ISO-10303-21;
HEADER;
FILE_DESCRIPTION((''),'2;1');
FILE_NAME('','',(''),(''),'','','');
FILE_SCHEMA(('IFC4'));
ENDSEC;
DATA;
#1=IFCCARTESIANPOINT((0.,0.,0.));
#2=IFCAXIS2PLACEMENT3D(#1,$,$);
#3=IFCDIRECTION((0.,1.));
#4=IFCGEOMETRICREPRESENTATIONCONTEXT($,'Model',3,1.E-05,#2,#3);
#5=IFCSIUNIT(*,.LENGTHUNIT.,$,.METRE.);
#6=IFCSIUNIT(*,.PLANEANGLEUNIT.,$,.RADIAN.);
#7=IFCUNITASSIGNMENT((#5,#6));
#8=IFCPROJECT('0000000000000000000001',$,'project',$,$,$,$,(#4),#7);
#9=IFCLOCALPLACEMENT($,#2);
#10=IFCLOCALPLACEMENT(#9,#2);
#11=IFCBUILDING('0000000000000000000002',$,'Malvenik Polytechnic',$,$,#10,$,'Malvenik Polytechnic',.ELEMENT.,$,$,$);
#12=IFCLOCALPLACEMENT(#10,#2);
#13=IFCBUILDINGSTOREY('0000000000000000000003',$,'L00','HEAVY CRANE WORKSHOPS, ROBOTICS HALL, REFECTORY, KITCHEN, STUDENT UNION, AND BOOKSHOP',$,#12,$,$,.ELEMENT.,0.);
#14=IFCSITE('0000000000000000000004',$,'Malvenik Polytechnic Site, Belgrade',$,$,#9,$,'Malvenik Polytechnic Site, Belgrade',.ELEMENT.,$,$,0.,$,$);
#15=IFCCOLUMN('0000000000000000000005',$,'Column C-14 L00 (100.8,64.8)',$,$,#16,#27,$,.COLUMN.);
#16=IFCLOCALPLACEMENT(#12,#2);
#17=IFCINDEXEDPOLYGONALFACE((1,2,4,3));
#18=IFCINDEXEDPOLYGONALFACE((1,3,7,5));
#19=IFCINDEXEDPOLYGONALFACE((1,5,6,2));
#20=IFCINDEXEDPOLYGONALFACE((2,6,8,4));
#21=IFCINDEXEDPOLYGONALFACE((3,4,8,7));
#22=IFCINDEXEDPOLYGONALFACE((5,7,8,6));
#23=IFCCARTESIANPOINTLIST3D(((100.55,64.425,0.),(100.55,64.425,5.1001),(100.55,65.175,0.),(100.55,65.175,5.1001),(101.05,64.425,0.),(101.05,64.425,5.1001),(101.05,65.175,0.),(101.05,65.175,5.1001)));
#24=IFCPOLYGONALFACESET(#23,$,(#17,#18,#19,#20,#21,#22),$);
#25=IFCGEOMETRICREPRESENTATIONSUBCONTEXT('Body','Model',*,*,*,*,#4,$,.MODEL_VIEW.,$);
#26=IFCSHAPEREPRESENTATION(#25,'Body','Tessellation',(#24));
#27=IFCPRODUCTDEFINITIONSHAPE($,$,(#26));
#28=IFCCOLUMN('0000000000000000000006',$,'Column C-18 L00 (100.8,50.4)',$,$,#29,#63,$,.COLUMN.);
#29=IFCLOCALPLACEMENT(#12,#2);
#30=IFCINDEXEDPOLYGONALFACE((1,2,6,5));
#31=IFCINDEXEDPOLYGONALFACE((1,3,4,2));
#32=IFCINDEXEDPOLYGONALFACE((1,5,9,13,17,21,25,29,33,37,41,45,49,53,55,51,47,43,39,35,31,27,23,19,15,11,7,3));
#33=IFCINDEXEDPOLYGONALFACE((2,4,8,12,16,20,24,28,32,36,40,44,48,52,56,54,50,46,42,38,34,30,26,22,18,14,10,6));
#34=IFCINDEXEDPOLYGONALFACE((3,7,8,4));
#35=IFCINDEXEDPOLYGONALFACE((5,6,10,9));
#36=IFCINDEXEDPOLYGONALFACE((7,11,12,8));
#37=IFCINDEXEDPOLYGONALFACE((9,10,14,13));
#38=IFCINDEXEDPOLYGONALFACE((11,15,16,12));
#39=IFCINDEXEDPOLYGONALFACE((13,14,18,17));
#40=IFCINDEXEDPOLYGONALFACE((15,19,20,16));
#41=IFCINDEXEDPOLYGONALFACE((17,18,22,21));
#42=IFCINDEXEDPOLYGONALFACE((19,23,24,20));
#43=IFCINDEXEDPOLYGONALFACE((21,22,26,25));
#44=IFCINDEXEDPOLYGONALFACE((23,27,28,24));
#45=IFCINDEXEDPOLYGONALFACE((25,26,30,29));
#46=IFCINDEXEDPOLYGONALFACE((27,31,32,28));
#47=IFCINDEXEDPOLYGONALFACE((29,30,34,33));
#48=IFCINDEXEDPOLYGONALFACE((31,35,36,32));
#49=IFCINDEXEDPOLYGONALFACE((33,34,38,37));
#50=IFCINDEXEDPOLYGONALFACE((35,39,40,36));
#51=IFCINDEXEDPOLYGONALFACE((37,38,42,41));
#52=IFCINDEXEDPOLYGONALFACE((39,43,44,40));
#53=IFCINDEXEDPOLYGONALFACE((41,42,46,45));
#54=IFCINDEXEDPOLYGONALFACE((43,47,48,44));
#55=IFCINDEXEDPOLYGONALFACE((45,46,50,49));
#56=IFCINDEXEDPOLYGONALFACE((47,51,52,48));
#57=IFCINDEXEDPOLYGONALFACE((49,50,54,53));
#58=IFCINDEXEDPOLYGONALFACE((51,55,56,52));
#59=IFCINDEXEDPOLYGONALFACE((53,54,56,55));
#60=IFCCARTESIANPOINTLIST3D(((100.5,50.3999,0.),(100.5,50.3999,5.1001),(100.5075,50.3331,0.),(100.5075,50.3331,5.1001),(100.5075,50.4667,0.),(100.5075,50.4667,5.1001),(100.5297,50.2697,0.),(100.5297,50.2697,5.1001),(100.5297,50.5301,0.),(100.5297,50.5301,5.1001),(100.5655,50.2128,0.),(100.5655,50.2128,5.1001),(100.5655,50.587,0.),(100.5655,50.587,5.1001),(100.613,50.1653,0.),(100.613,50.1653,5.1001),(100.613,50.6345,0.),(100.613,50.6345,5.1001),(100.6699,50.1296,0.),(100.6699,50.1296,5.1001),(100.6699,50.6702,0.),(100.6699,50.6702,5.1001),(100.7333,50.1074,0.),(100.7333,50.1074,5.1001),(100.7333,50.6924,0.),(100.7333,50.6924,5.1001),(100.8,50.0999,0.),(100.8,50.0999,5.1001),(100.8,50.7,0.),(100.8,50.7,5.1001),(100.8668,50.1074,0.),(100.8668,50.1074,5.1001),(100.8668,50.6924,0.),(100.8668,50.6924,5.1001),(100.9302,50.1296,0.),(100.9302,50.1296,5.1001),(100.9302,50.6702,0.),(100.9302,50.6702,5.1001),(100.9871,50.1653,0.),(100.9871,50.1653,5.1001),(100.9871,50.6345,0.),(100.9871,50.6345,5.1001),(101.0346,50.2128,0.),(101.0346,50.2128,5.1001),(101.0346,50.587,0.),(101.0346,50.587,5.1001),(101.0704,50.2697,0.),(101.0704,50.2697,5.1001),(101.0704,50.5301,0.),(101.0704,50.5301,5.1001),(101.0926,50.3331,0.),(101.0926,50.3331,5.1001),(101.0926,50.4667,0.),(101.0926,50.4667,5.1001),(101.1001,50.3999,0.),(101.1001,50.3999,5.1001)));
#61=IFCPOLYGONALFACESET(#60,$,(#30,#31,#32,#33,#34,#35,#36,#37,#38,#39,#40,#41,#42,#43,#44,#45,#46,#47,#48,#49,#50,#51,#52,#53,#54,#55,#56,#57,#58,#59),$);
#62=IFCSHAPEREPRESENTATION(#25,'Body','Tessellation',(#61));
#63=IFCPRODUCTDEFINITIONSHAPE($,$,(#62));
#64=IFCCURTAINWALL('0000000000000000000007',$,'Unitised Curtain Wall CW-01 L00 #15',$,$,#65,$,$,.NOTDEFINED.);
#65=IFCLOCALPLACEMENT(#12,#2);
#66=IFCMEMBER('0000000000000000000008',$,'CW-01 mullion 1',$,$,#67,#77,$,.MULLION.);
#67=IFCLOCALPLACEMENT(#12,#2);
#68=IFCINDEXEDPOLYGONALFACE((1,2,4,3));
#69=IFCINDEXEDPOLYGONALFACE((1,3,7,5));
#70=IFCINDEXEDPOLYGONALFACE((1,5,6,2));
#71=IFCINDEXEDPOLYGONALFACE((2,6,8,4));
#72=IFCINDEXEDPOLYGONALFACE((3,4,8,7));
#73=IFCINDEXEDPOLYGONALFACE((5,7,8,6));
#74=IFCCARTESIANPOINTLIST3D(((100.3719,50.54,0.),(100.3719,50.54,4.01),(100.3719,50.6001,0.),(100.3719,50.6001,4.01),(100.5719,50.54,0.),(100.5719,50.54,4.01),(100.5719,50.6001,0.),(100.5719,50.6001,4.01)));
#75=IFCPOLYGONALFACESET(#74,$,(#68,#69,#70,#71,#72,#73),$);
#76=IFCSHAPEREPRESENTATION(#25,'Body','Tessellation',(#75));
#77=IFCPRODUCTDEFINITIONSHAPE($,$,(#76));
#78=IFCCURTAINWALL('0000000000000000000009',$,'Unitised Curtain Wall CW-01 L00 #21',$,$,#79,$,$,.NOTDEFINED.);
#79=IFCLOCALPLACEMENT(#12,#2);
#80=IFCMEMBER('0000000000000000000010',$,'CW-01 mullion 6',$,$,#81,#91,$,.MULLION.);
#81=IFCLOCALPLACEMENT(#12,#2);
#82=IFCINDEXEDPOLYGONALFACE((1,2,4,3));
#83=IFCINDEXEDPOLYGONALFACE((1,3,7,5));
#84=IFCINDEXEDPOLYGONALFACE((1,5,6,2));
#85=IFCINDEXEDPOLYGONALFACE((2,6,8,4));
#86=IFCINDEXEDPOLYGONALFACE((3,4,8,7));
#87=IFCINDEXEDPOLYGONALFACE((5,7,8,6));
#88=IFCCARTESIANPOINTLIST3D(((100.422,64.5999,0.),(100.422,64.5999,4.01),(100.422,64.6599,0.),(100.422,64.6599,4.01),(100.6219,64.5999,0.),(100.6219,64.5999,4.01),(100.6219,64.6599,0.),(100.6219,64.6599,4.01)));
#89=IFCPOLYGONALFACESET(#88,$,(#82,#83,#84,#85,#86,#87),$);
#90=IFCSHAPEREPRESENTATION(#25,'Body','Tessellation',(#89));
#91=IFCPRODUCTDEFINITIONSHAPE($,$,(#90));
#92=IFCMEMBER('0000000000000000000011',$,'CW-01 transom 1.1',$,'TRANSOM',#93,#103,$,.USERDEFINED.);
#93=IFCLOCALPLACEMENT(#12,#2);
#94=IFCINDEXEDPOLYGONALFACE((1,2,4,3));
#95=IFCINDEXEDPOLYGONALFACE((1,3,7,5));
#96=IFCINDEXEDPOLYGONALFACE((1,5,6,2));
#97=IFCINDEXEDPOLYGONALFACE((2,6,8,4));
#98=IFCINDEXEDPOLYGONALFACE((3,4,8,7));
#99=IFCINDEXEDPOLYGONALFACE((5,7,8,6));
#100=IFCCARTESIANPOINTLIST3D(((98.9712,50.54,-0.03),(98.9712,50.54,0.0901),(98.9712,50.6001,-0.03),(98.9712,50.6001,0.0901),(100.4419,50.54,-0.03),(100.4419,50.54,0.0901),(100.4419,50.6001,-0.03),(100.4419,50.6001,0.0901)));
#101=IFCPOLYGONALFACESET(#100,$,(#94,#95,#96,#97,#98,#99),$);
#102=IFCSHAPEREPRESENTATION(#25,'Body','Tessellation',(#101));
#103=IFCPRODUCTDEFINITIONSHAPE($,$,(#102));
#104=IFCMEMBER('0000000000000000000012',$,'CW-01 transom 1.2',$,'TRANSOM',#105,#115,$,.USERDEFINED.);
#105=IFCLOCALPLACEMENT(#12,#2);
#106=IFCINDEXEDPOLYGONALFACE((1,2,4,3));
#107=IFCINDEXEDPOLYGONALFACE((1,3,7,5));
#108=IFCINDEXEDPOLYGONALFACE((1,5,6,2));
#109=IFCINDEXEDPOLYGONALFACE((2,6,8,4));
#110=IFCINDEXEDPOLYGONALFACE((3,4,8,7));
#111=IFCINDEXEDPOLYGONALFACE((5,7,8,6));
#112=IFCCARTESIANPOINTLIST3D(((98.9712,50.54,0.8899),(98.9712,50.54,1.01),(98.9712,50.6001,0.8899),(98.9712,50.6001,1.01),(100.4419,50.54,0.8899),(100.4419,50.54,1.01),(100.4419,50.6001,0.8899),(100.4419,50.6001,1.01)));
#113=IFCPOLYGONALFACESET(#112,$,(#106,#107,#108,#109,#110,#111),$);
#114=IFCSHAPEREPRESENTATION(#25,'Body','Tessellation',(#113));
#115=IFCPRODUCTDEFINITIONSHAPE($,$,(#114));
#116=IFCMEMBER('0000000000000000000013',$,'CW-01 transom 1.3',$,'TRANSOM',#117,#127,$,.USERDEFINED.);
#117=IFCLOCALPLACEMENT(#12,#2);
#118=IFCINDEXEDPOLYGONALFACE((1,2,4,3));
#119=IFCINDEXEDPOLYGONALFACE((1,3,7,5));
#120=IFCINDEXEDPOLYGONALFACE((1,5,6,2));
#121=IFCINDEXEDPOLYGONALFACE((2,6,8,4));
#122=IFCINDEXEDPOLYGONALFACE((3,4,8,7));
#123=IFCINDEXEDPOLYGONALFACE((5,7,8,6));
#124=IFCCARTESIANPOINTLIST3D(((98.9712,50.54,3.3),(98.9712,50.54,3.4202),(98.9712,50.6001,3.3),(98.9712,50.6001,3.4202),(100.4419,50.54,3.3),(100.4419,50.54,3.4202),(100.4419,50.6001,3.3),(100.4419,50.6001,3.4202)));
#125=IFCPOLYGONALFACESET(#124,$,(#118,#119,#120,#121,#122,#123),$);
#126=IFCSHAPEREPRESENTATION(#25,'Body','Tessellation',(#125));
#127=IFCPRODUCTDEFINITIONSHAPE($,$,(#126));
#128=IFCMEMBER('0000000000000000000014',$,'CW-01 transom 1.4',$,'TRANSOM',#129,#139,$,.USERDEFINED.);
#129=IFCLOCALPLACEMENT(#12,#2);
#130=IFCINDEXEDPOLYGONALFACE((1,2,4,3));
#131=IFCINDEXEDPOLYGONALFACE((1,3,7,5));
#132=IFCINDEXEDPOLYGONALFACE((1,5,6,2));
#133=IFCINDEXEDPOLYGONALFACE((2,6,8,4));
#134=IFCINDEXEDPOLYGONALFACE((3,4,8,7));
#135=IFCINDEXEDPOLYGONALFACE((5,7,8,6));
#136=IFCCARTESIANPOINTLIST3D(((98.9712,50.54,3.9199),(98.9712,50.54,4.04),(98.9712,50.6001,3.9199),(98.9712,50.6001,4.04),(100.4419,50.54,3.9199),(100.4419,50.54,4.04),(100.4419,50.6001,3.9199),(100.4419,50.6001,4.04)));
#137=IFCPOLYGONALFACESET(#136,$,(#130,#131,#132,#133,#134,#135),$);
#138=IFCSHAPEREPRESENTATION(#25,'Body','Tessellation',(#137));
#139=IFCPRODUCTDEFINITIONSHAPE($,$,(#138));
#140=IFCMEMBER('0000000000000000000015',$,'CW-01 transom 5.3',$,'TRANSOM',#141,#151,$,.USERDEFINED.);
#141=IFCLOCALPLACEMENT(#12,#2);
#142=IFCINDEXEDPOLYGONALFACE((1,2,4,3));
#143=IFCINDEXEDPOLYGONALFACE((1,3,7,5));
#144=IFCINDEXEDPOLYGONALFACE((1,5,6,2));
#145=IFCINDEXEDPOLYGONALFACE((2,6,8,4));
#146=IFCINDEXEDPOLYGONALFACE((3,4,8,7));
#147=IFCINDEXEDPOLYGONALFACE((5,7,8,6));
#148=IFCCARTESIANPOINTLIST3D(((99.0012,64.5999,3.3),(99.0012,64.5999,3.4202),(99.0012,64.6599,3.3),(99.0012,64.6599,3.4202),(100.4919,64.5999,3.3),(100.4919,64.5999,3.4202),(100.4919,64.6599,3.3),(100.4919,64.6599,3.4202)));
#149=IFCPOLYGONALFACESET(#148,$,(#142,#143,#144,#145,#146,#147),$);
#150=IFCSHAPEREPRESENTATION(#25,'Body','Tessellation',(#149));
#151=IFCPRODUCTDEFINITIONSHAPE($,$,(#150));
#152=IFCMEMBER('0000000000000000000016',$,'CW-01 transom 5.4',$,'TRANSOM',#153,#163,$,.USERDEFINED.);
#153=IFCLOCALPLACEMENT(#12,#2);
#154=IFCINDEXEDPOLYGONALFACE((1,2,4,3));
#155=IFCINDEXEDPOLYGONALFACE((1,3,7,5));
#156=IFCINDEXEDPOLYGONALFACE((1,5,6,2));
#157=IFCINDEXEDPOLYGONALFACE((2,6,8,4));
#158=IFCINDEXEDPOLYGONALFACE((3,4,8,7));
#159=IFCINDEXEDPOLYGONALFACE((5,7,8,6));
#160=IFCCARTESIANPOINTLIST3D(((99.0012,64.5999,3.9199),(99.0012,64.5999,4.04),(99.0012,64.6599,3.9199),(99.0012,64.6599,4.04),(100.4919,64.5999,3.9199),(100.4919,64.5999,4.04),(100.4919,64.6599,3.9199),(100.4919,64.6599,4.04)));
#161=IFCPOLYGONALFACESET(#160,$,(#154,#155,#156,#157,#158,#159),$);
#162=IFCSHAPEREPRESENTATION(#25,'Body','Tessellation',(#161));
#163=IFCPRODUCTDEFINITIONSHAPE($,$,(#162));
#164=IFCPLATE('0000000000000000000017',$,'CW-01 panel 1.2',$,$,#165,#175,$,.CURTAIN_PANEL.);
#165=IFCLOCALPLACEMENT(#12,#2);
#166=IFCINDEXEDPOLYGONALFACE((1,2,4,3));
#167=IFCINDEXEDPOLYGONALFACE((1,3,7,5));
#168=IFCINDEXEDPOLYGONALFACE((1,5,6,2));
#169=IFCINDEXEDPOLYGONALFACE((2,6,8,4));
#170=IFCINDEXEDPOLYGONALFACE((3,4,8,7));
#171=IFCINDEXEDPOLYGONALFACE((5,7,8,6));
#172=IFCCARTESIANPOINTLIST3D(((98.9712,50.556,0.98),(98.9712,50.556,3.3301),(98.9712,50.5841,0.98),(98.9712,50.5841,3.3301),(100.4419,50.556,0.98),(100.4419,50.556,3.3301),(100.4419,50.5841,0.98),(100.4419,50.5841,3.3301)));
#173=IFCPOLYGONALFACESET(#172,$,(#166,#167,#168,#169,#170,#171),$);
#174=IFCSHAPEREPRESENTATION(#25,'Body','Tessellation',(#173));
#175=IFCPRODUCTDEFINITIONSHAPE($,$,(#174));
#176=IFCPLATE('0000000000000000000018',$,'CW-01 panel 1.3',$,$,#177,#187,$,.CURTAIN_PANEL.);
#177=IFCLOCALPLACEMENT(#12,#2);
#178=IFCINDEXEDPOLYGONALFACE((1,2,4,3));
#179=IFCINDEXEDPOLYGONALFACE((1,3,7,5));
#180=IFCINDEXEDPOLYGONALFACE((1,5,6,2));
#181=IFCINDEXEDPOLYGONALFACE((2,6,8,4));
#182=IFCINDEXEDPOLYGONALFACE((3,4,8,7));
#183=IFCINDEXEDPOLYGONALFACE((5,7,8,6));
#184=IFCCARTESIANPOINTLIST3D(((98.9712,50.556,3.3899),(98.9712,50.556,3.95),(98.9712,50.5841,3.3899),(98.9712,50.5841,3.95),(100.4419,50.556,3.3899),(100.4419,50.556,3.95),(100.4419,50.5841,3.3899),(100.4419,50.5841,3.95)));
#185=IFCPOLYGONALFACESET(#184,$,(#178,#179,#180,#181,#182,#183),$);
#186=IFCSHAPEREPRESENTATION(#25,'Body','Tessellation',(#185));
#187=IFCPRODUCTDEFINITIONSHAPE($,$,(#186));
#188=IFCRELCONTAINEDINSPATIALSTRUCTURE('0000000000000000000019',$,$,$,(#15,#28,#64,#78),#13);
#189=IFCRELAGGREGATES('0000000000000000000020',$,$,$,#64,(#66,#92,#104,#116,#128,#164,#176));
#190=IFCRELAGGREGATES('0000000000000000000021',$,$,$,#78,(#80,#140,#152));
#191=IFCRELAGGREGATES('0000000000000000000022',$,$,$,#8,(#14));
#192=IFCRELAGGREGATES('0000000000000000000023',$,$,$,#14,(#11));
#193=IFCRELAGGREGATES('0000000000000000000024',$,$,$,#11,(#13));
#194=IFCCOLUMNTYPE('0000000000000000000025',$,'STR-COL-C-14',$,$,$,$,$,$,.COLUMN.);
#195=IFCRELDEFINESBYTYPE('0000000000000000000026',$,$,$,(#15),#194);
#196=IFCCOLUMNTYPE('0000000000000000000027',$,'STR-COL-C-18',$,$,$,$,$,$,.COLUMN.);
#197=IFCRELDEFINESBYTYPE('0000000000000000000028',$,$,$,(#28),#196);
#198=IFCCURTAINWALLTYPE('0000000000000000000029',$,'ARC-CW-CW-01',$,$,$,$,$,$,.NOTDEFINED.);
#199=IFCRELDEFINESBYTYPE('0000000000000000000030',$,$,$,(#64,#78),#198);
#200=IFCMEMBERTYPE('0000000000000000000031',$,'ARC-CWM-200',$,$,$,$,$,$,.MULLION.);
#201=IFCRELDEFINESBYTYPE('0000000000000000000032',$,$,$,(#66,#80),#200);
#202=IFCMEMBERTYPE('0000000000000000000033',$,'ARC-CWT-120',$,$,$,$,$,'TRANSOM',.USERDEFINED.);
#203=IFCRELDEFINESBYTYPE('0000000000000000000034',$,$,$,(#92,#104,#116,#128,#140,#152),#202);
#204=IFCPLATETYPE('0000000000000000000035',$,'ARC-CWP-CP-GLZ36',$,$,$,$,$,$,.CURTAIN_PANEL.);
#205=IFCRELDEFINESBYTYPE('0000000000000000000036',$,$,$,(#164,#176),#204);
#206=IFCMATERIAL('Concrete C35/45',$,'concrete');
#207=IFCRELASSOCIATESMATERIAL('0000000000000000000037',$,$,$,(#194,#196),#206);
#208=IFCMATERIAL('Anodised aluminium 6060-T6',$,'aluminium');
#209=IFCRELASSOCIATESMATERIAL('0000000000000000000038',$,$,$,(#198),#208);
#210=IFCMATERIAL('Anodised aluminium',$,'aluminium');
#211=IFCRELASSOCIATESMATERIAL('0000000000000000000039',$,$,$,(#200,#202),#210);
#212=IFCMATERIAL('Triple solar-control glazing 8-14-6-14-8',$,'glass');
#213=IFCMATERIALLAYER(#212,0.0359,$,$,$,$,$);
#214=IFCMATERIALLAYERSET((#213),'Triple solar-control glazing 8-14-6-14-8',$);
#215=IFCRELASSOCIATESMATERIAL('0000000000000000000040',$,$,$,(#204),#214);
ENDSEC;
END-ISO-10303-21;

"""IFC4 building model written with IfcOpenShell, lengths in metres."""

from ifc_helpers import new_model, si_unit, direction, frame, origin, origin_2d, place, context, subcontext, project, spatial, rectangle, circle, extrude, material, layer, layer_set, material_profile, profile_set, type_object, element, aggregate, save


model = new_model("IFC4")

# Units and contexts
model_context = context("Model", 3, precision=1e-05, world=origin(), true_north=direction((0.0, 1.0)))
body_context = subcontext(model_context, "Body", "Model", "MODEL_VIEW")
ifc_project = project(units=[si_unit("LENGTHUNIT", "METRE"), si_unit("PLANEANGLEUNIT", "RADIAN")], contexts=[model_context])

# Site, building, storey
site_placement = place(None, origin())
site = spatial("IfcSite", under=ifc_project, at=site_placement, Name="Malvenik Polytechnic Site, Belgrade", LongName="Malvenik Polytechnic Site, Belgrade", CompositionType="ELEMENT", RefElevation=0.0)
building_placement = place(site_placement, origin())
building = spatial("IfcBuilding", under=site, at=building_placement, Name="Malvenik Polytechnic", LongName="Malvenik Polytechnic", CompositionType="ELEMENT")
storey_placement = place(building_placement, origin())
storey = spatial("IfcBuildingStorey", under=building, at=storey_placement, Name="L00", Description="HEAVY CRANE WORKSHOPS, ROBOTICS HALL, REFECTORY, KITCHEN, STUDENT UNION, AND BOOKSHOP", CompositionType="ELEMENT", Elevation=0.0)

# Columns
ifc_material_1 = material(Name="Concrete C35/45", Category="concrete")
ifc_material_profile_1 = material_profile(ifc_material_1, rectangle(XDim=0.5, YDim=0.75, at=origin_2d()), Name="RC COL 750x500")
ifc_profile_set_1 = profile_set([ifc_material_profile_1], Name="Concrete C35/45")
column_type_1 = type_object("IfcColumnType", Name="STR-COL-C-14", PredefinedType="COLUMN", material=ifc_profile_set_1)
column_1_placement = place(storey_placement, frame((100.8, 64.8, 0.0), z_axis=(0.0, 0.0, 1.0), x_axis=(1.0, 0.0, 0.0)))
element("IfcColumn", 1, at=column_1_placement, inside=storey, type_object=column_type_1, Name="Column C-14 L00 (100.8,64.8)", PredefinedType="COLUMN", context=body_context, shape_type="SweptSolid", body=[
    extrude(rectangle(XDim=0.5, YDim=0.75, at=origin_2d()), origin(), (0.0, 0.0, 1.0), 5.1001),
])
ifc_material_profile_2 = material_profile(ifc_material_1, circle(Radius=0.3, at=origin_2d()), Name="RC COL D600")
ifc_profile_set_2 = profile_set([ifc_material_profile_2], Name="Concrete C35/45")
column_type_2 = type_object("IfcColumnType", Name="STR-COL-C-18", PredefinedType="COLUMN", material=ifc_profile_set_2)
column_2_placement = place(storey_placement, frame((100.8, 50.3999, 0.0), z_axis=(0.0, 0.0, 1.0), x_axis=(1.0, 0.0, 0.0)))
element("IfcColumn", 2, at=column_2_placement, inside=storey, type_object=column_type_2, Name="Column C-18 L00 (100.8,50.4)", PredefinedType="COLUMN", context=body_context, shape_type="SweptSolid", body=[
    extrude(circle(Radius=0.3, at=origin_2d()), origin(), (0.0, 0.0, 1.0), 5.1001),
])

# Curtain walls, members
ifc_material_2 = material(Name="Anodised aluminium 6060-T6", Category="aluminium")
curtain_wall_type = type_object("IfcCurtainWallType", Name="ARC-CW-CW-01", PredefinedType="NOTDEFINED", material=ifc_material_2)
curtain_wall_1_placement = place(storey_placement, origin())
curtain_wall_1 = element("IfcCurtainWall", 3, at=curtain_wall_1_placement, inside=storey, type_object=curtain_wall_type, Name="Unitised Curtain Wall CW-01 L00 #15", PredefinedType="NOTDEFINED")
ifc_material_3 = material(Name="Anodised aluminium", Category="aluminium")
ifc_material_profile_3 = material_profile(ifc_material_3, rectangle(XDim=0.0601, YDim=0.2, at=origin_2d()), Name="ALU MULLION 60x200")
ifc_profile_set_3 = profile_set([ifc_material_profile_3], Name="Anodised aluminium")
member_type_1 = type_object("IfcMemberType", Name="ARC-CWM-200", PredefinedType="MULLION", material=ifc_profile_set_3)
member_1_placement = place(storey_placement, frame((100.4719, 50.5701, 0.0), z_axis=(0.0, 0.0, 1.0), x_axis=(0.0, -1.0, 0.0)))
member_1 = element("IfcMember", 4, at=member_1_placement, type_object=member_type_1, Name="CW-01 mullion 1", PredefinedType="MULLION", context=body_context, shape_type="SweptSolid", body=[
    extrude(rectangle(XDim=0.0601, YDim=0.2, at=origin_2d()), origin(), (0.0, 0.0, 1.0), 4.01),
])
curtain_wall_2_placement = place(storey_placement, origin())
curtain_wall_2 = element("IfcCurtainWall", 5, at=curtain_wall_2_placement, inside=storey, type_object=curtain_wall_type, Name="Unitised Curtain Wall CW-01 L00 #21", PredefinedType="NOTDEFINED")
member_2_placement = place(storey_placement, frame((100.522, 64.6299, 0.0), z_axis=(0.0, 0.0, 1.0), x_axis=(0.0, 1.0, 0.0)))
member_2 = element("IfcMember", 6, at=member_2_placement, type_object=member_type_1, Name="CW-01 mullion 6", PredefinedType="MULLION", context=body_context, shape_type="SweptSolid", body=[
    extrude(rectangle(XDim=0.0601, YDim=0.2, at=origin_2d()), origin(), (0.0, 0.0, 1.0), 4.01),
])

# Members
ifc_material_profile_4 = material_profile(ifc_material_3, rectangle(XDim=0.0601, YDim=0.1201, at=origin_2d()), Name="ALU TRANSOM 60x120")
ifc_profile_set_4 = profile_set([ifc_material_profile_4], Name="Anodised aluminium")
member_type_2 = type_object("IfcMemberType", Name="ARC-CWT-120", ElementType="TRANSOM", PredefinedType="USERDEFINED", material=ifc_profile_set_4)
member_3_placement = place(storey_placement, frame((100.4419, 50.5701, 0.03), z_axis=(-1.0, 0.0, 0.0), x_axis=(0.0, -1.0, 0.0)))
member_3 = element("IfcMember", 7, at=member_3_placement, type_object=member_type_2, Name="CW-01 transom 1.1", ObjectType="TRANSOM", PredefinedType="USERDEFINED", context=body_context, shape_type="SweptSolid", body=[
    extrude(rectangle(XDim=0.0601, YDim=0.1201, at=origin_2d()), origin(), (0.0, 0.0, 1.0), 1.4707),
])
member_4_placement = place(storey_placement, frame((100.4419, 50.5701, 0.95), z_axis=(-1.0, 0.0, 0.0), x_axis=(0.0, -1.0, 0.0)))
member_4 = element("IfcMember", 8, at=member_4_placement, type_object=member_type_2, Name="CW-01 transom 1.2", ObjectType="TRANSOM", PredefinedType="USERDEFINED", context=body_context, shape_type="SweptSolid", body=[
    extrude(rectangle(XDim=0.0601, YDim=0.1201, at=origin_2d()), origin(), (0.0, 0.0, 1.0), 1.4707),
])
member_5_placement = place(storey_placement, frame((100.4419, 50.5701, 3.3601), z_axis=(-1.0, 0.0, 0.0), x_axis=(0.0, -1.0, 0.0)))
member_5 = element("IfcMember", 9, at=member_5_placement, type_object=member_type_2, Name="CW-01 transom 1.3", ObjectType="TRANSOM", PredefinedType="USERDEFINED", context=body_context, shape_type="SweptSolid", body=[
    extrude(rectangle(XDim=0.0601, YDim=0.1201, at=origin_2d()), origin(), (0.0, 0.0, 1.0), 1.4707),
])
member_6_placement = place(storey_placement, frame((100.4419, 50.5701, 3.98), z_axis=(-1.0, 0.0, 0.0), x_axis=(0.0, -1.0, 0.0)))
member_6 = element("IfcMember", 10, at=member_6_placement, type_object=member_type_2, Name="CW-01 transom 1.4", ObjectType="TRANSOM", PredefinedType="USERDEFINED", context=body_context, shape_type="SweptSolid", body=[
    extrude(rectangle(XDim=0.0601, YDim=0.1201, at=origin_2d()), origin(), (0.0, 0.0, 1.0), 1.4707),
])
member_7_placement = place(storey_placement, frame((99.0012, 64.6299, 3.3601), z_axis=(1.0, 0.0, 0.0), x_axis=(0.0, 1.0, 0.0)))
member_7 = element("IfcMember", 11, at=member_7_placement, type_object=member_type_2, Name="CW-01 transom 5.3", ObjectType="TRANSOM", PredefinedType="USERDEFINED", context=body_context, shape_type="SweptSolid", body=[
    extrude(rectangle(XDim=0.0601, YDim=0.1201, at=origin_2d()), origin(), (0.0, 0.0, 1.0), 1.4907),
])
member_8_placement = place(storey_placement, frame((99.0012, 64.6299, 3.98), z_axis=(1.0, 0.0, 0.0), x_axis=(0.0, 1.0, 0.0)))
member_8 = element("IfcMember", 12, at=member_8_placement, type_object=member_type_2, Name="CW-01 transom 5.4", ObjectType="TRANSOM", PredefinedType="USERDEFINED", context=body_context, shape_type="SweptSolid", body=[
    extrude(rectangle(XDim=0.0601, YDim=0.1201, at=origin_2d()), origin(), (0.0, 0.0, 1.0), 1.4907),
])

# Plates
ifc_material_4 = material(Name="Triple solar-control glazing 8-14-6-14-8", Category="glass")
ifc_layer_1 = layer(ifc_material_4, 0.0359)
ifc_layer_set_1 = layer_set([ifc_layer_1], Name="Triple solar-control glazing 8-14-6-14-8")
plate_type_1 = type_object("IfcPlateType", Name="ARC-CWP-CP-GLZ36", PredefinedType="CURTAIN_PANEL", material=ifc_layer_set_1)
plate_1_placement = place(storey_placement, frame((99.7065, 50.5701, 0.98), z_axis=(0.0, 0.0, 1.0), x_axis=(-1.0, 0.0, 0.0)))
plate_1 = element("IfcPlate", 13, at=plate_1_placement, type_object=plate_type_1, Name="CW-01 panel 1.2", PredefinedType="CURTAIN_PANEL", context=body_context, shape_type="SweptSolid", body=[
    extrude(rectangle(XDim=1.4707, YDim=0.0281, at=origin_2d()), origin(), (0.0, 0.0, 1.0), 2.3501),
])
plate_2_placement = place(storey_placement, frame((99.7065, 50.5701, 3.3899), z_axis=(0.0, 0.0, 1.0), x_axis=(-1.0, 0.0, 0.0)))
plate_2 = element("IfcPlate", 14, at=plate_2_placement, type_object=plate_type_1, Name="CW-01 panel 1.3", PredefinedType="CURTAIN_PANEL", context=body_context, shape_type="SweptSolid", body=[
    extrude(rectangle(XDim=1.4707, YDim=0.0281, at=origin_2d()), origin(), (0.0, 0.0, 1.0), 0.5601),
])
aggregate(curtain_wall_1, [member_1, member_3, member_4, member_5, member_6, plate_1, plate_2])
aggregate(curtain_wall_2, [member_2, member_7, member_8])

save(model, "model.ifc")
